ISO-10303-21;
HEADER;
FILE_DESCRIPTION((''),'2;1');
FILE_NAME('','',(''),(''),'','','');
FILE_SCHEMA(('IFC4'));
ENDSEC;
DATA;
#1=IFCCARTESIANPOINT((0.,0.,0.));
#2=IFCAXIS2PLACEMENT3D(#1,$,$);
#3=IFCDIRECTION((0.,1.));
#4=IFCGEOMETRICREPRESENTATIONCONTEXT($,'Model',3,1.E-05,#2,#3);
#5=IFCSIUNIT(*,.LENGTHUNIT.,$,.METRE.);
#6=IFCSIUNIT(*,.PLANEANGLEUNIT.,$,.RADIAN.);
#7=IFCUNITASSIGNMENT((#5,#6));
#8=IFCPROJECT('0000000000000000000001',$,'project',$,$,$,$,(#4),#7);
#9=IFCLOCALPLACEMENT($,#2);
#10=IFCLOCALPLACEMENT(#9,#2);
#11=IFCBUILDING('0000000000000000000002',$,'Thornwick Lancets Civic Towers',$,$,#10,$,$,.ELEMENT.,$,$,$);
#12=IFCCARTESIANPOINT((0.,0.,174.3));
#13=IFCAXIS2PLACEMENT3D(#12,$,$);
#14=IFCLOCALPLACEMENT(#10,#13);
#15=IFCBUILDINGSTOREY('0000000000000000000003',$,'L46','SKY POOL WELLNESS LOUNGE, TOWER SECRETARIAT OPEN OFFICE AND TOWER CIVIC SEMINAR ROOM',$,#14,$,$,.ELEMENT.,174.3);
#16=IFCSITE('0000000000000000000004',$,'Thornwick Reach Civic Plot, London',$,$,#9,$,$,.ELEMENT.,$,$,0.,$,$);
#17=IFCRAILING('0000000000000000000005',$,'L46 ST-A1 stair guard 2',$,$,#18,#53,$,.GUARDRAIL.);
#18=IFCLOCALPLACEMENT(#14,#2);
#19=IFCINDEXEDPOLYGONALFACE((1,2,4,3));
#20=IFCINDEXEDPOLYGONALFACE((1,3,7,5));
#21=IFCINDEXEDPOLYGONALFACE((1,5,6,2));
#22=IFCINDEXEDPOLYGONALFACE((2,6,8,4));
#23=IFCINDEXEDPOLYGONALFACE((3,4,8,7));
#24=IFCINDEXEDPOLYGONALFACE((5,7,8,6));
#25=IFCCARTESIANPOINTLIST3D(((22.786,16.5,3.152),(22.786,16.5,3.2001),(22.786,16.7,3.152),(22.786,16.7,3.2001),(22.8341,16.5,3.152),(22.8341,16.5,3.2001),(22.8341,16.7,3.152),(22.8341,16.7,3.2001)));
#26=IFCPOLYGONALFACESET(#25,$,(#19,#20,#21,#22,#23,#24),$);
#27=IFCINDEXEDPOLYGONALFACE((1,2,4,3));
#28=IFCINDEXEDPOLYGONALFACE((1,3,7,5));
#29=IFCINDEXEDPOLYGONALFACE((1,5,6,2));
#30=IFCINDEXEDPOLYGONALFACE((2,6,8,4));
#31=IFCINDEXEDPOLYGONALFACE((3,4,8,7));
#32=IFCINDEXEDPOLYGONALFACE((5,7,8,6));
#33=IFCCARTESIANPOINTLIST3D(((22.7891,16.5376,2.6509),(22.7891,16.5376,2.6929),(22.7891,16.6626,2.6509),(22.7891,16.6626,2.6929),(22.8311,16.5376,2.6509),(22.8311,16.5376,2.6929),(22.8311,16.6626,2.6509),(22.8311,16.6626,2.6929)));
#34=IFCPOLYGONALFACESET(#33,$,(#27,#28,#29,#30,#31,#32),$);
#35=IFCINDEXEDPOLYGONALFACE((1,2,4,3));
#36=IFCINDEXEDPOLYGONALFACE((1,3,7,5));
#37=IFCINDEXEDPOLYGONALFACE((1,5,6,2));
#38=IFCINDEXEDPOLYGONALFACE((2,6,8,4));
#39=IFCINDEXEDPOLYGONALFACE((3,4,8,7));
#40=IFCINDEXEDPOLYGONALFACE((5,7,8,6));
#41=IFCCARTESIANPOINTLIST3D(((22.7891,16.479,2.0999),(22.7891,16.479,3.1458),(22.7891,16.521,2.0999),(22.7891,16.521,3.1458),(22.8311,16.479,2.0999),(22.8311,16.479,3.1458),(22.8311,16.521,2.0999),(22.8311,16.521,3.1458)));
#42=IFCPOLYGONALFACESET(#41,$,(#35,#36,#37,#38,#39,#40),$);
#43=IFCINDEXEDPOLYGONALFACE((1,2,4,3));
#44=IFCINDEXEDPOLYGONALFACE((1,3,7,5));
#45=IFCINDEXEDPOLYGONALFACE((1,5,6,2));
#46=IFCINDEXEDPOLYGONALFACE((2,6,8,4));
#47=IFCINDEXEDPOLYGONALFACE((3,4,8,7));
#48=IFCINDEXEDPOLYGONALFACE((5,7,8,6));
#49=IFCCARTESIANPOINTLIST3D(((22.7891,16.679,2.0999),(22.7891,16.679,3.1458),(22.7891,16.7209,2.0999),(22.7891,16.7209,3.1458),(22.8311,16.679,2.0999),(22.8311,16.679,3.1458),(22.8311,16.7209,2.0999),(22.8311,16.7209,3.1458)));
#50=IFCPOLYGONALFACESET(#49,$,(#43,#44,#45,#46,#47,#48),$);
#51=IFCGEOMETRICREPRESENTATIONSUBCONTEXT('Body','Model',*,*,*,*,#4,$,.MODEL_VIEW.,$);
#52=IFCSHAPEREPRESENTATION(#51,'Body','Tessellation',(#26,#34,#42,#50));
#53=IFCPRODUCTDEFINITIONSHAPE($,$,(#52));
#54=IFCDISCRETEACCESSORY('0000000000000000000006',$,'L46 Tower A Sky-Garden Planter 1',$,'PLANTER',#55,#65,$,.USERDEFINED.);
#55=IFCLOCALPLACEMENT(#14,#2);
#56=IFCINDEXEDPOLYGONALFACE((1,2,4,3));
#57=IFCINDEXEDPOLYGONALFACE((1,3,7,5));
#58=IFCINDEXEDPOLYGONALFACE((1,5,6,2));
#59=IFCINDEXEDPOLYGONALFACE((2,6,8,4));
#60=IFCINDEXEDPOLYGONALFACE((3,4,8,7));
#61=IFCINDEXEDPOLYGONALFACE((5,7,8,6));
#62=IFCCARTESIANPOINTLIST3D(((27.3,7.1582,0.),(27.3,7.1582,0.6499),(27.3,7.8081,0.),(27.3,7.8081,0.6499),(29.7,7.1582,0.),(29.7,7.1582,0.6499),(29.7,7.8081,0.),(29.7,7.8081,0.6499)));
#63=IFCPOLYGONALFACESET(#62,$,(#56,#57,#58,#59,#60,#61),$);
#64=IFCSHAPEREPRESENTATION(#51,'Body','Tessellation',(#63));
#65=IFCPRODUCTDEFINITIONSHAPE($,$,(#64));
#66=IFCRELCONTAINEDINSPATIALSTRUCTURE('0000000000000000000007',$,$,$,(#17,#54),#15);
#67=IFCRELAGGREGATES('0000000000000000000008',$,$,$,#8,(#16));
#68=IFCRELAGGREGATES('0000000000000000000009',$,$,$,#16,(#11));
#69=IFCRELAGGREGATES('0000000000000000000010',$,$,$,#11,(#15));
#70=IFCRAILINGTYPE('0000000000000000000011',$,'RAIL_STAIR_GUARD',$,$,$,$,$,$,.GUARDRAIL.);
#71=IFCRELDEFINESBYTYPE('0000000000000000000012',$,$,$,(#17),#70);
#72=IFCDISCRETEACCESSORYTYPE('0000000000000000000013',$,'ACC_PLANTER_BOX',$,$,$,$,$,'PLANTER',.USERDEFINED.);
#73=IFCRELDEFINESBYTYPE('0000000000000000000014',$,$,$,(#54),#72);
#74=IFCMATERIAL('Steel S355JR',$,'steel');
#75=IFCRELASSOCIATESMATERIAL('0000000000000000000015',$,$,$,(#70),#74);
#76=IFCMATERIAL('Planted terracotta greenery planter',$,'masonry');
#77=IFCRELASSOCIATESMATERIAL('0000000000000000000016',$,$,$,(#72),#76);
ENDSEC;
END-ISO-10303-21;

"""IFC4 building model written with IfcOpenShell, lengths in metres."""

from ifc_helpers import new_model, si_unit, direction, frame, origin, origin_2d, place, context, subcontext, project, spatial, rectangle, extrude, material, type_object, element, save


model = new_model("IFC4")

# Units and contexts
model_context = context("Model", 3, precision=1e-05, world=origin(), true_north=direction((0.0, 1.0)))
body_context = subcontext(model_context, "Body", "Model", "MODEL_VIEW")
ifc_project = project(units=[si_unit("LENGTHUNIT", "METRE"), si_unit("PLANEANGLEUNIT", "RADIAN")], contexts=[model_context])

# Site, building, storey
site_placement = place(None, origin())
site = spatial("IfcSite", under=ifc_project, at=site_placement, Name="Thornwick Reach Civic Plot, London", CompositionType="ELEMENT", RefElevation=0.0)
building_placement = place(site_placement, origin())
building = spatial("IfcBuilding", under=site, at=building_placement, Name="Thornwick Lancets Civic Towers", CompositionType="ELEMENT")
storey_placement = place(building_placement, frame((0.0, 0.0, 174.3)))
storey = spatial("IfcBuildingStorey", under=building, at=storey_placement, Name="L46", Description="SKY POOL WELLNESS LOUNGE, TOWER SECRETARIAT OPEN OFFICE AND TOWER CIVIC SEMINAR ROOM", CompositionType="ELEMENT", Elevation=174.3)

# Shared definitions
ifc_material_1 = material(Name="Steel S355JR", Category="steel")

# Railing
railing_type_1 = type_object("IfcRailingType", Name="RAIL_STAIR_GUARD", PredefinedType="GUARDRAIL", material=ifc_material_1)
railing_1_placement = place(storey_placement, frame((22.8101, 16.5, 2.0999)))
element("IfcRailing", 1, at=railing_1_placement, inside=storey, type_object=railing_type_1, Name="L46 ST-A1 stair guard 2", PredefinedType="GUARDRAIL", context=body_context, shape_type="SweptSolid", body=[
    extrude(rectangle(XDim=0.0481, YDim=0.0481, at=origin_2d()), frame((0.0, 0.0, 1.0762), z_axis=(0.0, 1.0, 0.0), x_axis=(-1.0, 0.0, 0.0)), (0.0, 0.0, 1.0), 0.2),
    extrude(rectangle(XDim=0.042, YDim=0.042, at=origin_2d()), frame((0.0, 0.0376, 0.572), z_axis=(0.0, 1.0, 0.0), x_axis=(-1.0, 0.0, 0.0)), (0.0, 0.0, 1.0), 0.125),
    extrude(rectangle(XDim=0.042, YDim=0.042, at=origin_2d()), origin(), (0.0, 0.0, 1.0), 1.0459),
    extrude(rectangle(XDim=0.042, YDim=0.042, at=origin_2d()), frame((0.0, 0.2, 0.0)), (0.0, 0.0, 1.0), 1.0459),
])

# Discrete accessory
ifc_material_2 = material(Name="Planted terracotta greenery planter", Category="masonry")
discrete_accessory_type = type_object("IfcDiscreteAccessoryType", Name="ACC_PLANTER_BOX", ElementType="PLANTER", PredefinedType="USERDEFINED", material=ifc_material_2)
discrete_accessory_placement = place(storey_placement, frame((28.5, 7.4832, 0.0), z_axis=(0.0, 0.0, 1.0), x_axis=(1.0, 0.0, 0.0)))
element("IfcDiscreteAccessory", 2, at=discrete_accessory_placement, inside=storey, type_object=discrete_accessory_type, Name="L46 Tower A Sky-Garden Planter 1", ObjectType="PLANTER", PredefinedType="USERDEFINED", context=body_context, shape_type="SweptSolid", body=[
    extrude(rectangle(XDim=2.3999, YDim=0.6499, at=origin_2d()), origin(), (0.0, 0.0, 1.0), 0.6499),
])

save(model, "model.ifc")
